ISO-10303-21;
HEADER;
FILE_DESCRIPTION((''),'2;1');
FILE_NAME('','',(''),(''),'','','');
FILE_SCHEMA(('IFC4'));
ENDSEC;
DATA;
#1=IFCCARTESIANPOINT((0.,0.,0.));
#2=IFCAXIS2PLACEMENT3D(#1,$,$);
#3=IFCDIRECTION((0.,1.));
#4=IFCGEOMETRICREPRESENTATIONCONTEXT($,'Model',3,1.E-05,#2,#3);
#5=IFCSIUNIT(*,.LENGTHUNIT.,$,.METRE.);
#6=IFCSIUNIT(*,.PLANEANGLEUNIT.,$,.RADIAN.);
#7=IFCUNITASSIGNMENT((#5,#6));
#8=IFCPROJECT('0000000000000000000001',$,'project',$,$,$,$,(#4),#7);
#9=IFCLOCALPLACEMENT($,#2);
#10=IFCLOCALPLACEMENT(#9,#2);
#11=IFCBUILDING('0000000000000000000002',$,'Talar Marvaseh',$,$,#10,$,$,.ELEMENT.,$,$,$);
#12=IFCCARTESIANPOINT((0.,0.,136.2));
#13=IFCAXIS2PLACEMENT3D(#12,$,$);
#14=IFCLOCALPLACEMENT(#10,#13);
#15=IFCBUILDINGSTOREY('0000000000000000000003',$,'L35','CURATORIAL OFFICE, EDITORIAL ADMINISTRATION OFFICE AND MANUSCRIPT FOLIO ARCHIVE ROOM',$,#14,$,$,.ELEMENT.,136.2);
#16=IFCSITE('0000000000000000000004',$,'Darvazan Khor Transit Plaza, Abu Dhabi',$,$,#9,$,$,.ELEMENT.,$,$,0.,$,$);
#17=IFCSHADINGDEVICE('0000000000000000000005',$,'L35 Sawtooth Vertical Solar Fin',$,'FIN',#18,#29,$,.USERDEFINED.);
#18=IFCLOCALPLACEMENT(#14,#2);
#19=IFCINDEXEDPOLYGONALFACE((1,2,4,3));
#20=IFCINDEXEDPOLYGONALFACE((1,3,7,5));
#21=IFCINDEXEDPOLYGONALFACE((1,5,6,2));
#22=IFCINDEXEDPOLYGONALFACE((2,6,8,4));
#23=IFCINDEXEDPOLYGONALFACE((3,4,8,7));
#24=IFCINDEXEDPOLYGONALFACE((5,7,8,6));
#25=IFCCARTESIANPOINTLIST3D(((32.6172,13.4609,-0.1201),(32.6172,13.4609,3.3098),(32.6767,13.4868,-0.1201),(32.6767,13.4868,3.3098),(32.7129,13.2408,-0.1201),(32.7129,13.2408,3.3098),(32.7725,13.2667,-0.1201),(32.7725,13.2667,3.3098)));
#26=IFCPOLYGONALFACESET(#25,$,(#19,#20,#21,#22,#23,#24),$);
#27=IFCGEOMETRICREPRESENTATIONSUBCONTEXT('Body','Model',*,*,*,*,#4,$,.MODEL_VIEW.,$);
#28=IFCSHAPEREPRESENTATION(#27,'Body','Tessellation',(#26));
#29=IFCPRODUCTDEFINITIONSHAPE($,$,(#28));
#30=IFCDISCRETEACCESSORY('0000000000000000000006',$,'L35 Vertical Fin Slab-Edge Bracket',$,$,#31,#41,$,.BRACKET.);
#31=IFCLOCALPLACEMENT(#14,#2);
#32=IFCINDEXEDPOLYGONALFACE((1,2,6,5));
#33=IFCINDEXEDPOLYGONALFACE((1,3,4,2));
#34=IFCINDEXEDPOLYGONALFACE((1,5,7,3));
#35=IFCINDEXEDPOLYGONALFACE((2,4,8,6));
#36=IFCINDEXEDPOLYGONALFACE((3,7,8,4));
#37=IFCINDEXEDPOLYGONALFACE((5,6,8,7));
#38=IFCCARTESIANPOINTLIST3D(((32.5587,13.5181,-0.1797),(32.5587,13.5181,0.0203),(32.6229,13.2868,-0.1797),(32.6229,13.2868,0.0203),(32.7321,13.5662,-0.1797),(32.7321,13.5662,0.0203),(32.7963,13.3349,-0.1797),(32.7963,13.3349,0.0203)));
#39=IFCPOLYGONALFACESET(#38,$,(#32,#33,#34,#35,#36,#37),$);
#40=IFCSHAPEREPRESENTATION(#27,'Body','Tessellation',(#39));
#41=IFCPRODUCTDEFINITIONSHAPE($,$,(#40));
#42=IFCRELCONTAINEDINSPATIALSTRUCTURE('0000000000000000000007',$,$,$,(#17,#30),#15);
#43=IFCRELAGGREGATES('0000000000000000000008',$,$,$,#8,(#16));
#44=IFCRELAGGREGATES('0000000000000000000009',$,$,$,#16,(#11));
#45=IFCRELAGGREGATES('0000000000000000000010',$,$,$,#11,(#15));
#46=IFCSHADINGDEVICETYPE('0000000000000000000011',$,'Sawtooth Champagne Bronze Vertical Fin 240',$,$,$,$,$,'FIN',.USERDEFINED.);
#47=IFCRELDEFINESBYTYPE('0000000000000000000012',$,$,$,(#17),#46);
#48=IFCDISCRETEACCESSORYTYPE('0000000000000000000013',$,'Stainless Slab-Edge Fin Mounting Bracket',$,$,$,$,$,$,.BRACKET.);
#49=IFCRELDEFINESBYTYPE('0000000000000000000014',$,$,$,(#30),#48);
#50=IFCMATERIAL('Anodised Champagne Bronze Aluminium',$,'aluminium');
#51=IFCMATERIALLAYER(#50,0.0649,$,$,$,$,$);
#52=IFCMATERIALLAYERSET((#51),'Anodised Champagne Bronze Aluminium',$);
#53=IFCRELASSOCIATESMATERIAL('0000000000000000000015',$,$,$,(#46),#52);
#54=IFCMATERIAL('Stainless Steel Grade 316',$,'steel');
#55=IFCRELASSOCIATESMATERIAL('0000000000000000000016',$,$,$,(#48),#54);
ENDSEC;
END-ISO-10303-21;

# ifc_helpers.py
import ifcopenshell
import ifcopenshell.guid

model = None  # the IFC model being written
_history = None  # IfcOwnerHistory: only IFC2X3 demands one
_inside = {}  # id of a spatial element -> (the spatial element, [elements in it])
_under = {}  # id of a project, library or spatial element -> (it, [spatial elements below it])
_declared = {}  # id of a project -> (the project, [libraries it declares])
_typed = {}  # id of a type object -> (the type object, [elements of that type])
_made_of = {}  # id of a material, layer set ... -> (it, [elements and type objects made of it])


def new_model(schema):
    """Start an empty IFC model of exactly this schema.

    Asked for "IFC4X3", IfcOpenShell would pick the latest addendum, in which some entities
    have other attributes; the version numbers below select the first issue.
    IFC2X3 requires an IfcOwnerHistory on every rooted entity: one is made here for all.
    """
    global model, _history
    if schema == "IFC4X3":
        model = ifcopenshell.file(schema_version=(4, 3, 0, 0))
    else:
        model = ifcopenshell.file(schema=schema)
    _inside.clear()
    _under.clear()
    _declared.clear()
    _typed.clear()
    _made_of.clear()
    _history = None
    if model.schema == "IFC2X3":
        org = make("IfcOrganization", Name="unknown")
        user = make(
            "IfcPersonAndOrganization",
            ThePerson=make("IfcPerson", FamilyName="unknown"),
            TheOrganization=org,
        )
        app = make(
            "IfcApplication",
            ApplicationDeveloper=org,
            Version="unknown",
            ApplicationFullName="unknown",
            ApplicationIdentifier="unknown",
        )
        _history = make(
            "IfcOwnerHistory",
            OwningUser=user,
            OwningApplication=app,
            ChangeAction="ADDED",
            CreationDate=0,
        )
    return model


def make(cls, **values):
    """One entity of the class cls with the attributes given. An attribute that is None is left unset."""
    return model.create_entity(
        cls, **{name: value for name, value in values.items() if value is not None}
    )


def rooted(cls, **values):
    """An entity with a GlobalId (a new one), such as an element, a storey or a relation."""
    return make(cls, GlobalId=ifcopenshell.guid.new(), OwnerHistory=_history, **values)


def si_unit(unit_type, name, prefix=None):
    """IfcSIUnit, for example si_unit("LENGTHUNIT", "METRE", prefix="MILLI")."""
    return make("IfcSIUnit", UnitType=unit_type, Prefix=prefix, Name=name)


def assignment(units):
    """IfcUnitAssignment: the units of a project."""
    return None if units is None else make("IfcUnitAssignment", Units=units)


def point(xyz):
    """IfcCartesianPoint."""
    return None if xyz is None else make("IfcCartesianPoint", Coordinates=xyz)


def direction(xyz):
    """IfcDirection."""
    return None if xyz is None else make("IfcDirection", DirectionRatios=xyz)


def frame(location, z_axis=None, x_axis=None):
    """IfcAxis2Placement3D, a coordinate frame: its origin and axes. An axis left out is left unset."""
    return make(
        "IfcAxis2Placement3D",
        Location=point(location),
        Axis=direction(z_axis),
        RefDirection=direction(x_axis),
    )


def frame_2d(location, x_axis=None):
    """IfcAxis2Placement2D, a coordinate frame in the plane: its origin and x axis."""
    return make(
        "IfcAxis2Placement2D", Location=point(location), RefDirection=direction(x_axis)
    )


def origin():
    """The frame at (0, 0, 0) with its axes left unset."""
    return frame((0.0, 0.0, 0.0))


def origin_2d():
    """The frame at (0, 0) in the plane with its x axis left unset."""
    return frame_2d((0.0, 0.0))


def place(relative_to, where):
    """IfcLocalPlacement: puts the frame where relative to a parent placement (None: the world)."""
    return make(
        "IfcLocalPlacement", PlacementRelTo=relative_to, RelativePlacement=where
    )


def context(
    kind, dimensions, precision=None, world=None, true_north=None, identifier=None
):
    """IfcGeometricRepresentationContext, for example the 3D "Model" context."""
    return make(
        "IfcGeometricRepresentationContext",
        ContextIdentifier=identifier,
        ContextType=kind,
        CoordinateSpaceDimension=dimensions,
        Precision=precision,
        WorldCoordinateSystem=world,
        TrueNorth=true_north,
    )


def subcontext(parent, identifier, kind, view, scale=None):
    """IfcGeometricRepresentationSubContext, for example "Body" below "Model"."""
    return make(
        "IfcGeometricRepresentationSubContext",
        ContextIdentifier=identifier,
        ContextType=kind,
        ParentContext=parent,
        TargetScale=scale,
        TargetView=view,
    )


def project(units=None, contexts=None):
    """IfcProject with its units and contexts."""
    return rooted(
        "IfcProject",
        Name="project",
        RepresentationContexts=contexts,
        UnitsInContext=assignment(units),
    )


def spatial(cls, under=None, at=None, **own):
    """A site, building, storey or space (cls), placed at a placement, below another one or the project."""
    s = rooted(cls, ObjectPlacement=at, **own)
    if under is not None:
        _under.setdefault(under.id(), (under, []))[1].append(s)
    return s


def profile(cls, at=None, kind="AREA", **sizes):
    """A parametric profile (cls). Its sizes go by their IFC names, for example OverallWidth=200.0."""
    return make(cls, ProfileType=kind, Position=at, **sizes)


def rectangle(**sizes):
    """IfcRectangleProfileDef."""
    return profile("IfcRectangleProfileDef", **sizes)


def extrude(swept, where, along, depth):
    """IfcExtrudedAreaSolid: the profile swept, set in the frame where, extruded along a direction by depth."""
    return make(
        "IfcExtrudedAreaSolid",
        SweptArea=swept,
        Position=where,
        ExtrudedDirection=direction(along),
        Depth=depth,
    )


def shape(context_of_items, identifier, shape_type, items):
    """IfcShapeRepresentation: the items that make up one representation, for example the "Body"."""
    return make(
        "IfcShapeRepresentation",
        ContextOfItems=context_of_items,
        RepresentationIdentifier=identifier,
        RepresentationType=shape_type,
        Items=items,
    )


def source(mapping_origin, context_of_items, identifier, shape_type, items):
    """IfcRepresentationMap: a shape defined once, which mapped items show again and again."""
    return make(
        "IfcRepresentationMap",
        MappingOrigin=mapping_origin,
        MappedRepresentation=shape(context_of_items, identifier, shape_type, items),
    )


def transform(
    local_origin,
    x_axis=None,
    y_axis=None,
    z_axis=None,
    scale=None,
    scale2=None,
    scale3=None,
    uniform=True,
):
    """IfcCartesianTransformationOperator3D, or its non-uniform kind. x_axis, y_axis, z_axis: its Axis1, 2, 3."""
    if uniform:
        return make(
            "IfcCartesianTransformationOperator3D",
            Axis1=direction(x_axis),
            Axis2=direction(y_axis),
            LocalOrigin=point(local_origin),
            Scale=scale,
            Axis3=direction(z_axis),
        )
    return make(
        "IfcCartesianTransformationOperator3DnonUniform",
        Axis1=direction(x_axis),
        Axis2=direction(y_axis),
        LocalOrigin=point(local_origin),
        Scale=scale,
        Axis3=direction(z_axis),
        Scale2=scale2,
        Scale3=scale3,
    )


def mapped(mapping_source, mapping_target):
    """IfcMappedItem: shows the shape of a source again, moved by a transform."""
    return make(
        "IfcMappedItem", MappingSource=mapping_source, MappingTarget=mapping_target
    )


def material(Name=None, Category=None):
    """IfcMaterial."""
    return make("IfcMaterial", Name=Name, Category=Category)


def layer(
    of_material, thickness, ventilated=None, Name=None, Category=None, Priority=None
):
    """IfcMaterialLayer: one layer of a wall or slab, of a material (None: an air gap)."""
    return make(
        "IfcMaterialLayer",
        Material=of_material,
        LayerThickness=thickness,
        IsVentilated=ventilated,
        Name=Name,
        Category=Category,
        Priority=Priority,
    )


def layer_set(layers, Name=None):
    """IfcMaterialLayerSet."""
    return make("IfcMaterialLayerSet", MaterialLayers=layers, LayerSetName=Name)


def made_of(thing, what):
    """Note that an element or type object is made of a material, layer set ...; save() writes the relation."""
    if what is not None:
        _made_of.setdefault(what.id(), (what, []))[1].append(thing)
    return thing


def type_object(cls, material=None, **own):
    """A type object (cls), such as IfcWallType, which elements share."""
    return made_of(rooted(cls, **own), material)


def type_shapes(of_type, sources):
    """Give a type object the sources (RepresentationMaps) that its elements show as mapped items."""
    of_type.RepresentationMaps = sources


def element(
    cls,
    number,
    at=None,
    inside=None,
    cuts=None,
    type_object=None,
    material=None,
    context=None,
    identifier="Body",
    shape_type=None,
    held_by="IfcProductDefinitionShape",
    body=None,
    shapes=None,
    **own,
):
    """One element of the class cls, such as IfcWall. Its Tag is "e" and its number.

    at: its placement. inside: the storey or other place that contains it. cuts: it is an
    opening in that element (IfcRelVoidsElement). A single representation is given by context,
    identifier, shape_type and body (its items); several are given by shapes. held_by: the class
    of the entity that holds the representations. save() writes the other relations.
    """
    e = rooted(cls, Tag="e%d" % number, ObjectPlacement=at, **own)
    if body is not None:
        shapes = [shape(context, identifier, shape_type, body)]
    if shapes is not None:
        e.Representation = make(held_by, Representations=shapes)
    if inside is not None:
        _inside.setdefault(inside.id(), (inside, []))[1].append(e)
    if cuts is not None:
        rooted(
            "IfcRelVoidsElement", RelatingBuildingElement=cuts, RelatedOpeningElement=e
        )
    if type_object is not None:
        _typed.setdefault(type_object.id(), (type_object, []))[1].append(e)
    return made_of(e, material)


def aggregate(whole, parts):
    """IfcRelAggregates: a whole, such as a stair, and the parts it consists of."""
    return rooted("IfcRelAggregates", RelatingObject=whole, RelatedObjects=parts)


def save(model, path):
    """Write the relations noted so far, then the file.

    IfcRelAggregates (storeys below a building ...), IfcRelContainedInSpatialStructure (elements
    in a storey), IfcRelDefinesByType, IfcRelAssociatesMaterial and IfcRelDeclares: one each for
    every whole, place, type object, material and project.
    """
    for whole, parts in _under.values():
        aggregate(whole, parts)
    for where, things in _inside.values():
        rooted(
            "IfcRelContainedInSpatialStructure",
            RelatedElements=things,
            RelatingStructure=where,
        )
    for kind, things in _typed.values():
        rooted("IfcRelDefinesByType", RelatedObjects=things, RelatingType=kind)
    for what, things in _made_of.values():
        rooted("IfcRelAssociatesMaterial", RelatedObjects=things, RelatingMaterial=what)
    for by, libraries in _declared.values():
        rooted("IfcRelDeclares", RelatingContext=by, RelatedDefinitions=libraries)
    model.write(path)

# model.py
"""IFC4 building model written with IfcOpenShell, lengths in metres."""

from ifc_helpers import new_model, si_unit, direction, frame, origin, origin_2d, place, context, subcontext, project, spatial, rectangle, extrude, source, transform, mapped, material, layer, layer_set, type_object, type_shapes, element, save


model = new_model("IFC4")

# Units and contexts
model_context = context("Model", 3, precision=1e-05, world=origin(), true_north=direction((0.0, 1.0)))
body_context = subcontext(model_context, "Body", "Model", "MODEL_VIEW")
ifc_project = project(units=[si_unit("LENGTHUNIT", "METRE"), si_unit("PLANEANGLEUNIT", "RADIAN")], contexts=[model_context])

# Site, building, storey
site_placement = place(None, origin())
site = spatial("IfcSite", under=ifc_project, at=site_placement, Name="Darvazan Khor Transit Plaza, Abu Dhabi", CompositionType="ELEMENT", RefElevation=0.0)
building_placement = place(site_placement, origin())
building = spatial("IfcBuilding", under=site, at=building_placement, Name="Talar Marvaseh", CompositionType="ELEMENT")
storey_placement = place(building_placement, frame((0.0, 0.0, 136.2)))
storey = spatial("IfcBuildingStorey", under=building, at=storey_placement, Name="L35", Description="CURATORIAL OFFICE, EDITORIAL ADMINISTRATION OFFICE AND MANUSCRIPT FOLIO ARCHIVE ROOM", CompositionType="ELEMENT", Elevation=136.2)

# Shading device
ifc_material_1 = material(Name="Anodised Champagne Bronze Aluminium", Category="aluminium")
ifc_layer_1 = layer(ifc_material_1, 0.0649)
ifc_layer_set_1 = layer_set([ifc_layer_1], Name="Anodised Champagne Bronze Aluminium")
shading_device_type = type_object("IfcShadingDeviceType", Name="Sawtooth Champagne Bronze Vertical Fin 240", ElementType="FIN", PredefinedType="USERDEFINED", material=ifc_layer_set_1)
shared_shape_1 = source(origin(), body_context, "Body", "SweptSolid", [
    extrude(rectangle(XDim=0.24, YDim=0.0649, at=origin_2d()), origin(), (0.0, 0.0, 1.0), 3.4299),
])
type_shapes(shading_device_type, [shared_shape_1])
shading_device_placement = place(storey_placement, frame((32.6948, 13.3638, -0.1201), z_axis=(0.0, 0.0, 1.0), x_axis=(0.398909, -0.91699, 0.0)))
element("IfcShadingDevice", 1, at=shading_device_placement, inside=storey, type_object=shading_device_type, Name="L35 Sawtooth Vertical Solar Fin", ObjectType="FIN", PredefinedType="USERDEFINED", context=body_context, shape_type="MappedRepresentation", body=[
    mapped(shared_shape_1, transform((0.0, 0.0, 0.0), x_axis=(1.0, 0.0, 0.0), y_axis=(0.0, 1.0, 0.0), z_axis=(0.0, 0.0, 1.0), scale=1.0)),
])

# Discrete accessory
ifc_material_2 = material(Name="Stainless Steel Grade 316", Category="steel")
discrete_accessory_type = type_object("IfcDiscreteAccessoryType", Name="Stainless Slab-Edge Fin Mounting Bracket", PredefinedType="BRACKET", material=ifc_material_2)
shared_shape_2 = source(origin(), body_context, "Body", "SweptSolid", [
    extrude(rectangle(XDim=0.24, YDim=0.1799, at=origin_2d()), origin(), (0.0, 0.0, 1.0), 0.2),
])
type_shapes(discrete_accessory_type, [shared_shape_2])
discrete_accessory_placement = place(storey_placement, frame((32.6775, 13.4265, -0.1797), z_axis=(0.0, 0.0, 1.0), x_axis=(0.267407, -0.963584, 0.0)))
element("IfcDiscreteAccessory", 2, at=discrete_accessory_placement, inside=storey, type_object=discrete_accessory_type, Name="L35 Vertical Fin Slab-Edge Bracket", PredefinedType="BRACKET", context=body_context, shape_type="MappedRepresentation", body=[
    mapped(shared_shape_2, transform((0.0, 0.0, 0.0), x_axis=(1.0, 0.0, 0.0), y_axis=(0.0, 1.0, 0.0), z_axis=(0.0, 0.0, 1.0), scale=1.0)),
])

save(model, "model.ifc")
